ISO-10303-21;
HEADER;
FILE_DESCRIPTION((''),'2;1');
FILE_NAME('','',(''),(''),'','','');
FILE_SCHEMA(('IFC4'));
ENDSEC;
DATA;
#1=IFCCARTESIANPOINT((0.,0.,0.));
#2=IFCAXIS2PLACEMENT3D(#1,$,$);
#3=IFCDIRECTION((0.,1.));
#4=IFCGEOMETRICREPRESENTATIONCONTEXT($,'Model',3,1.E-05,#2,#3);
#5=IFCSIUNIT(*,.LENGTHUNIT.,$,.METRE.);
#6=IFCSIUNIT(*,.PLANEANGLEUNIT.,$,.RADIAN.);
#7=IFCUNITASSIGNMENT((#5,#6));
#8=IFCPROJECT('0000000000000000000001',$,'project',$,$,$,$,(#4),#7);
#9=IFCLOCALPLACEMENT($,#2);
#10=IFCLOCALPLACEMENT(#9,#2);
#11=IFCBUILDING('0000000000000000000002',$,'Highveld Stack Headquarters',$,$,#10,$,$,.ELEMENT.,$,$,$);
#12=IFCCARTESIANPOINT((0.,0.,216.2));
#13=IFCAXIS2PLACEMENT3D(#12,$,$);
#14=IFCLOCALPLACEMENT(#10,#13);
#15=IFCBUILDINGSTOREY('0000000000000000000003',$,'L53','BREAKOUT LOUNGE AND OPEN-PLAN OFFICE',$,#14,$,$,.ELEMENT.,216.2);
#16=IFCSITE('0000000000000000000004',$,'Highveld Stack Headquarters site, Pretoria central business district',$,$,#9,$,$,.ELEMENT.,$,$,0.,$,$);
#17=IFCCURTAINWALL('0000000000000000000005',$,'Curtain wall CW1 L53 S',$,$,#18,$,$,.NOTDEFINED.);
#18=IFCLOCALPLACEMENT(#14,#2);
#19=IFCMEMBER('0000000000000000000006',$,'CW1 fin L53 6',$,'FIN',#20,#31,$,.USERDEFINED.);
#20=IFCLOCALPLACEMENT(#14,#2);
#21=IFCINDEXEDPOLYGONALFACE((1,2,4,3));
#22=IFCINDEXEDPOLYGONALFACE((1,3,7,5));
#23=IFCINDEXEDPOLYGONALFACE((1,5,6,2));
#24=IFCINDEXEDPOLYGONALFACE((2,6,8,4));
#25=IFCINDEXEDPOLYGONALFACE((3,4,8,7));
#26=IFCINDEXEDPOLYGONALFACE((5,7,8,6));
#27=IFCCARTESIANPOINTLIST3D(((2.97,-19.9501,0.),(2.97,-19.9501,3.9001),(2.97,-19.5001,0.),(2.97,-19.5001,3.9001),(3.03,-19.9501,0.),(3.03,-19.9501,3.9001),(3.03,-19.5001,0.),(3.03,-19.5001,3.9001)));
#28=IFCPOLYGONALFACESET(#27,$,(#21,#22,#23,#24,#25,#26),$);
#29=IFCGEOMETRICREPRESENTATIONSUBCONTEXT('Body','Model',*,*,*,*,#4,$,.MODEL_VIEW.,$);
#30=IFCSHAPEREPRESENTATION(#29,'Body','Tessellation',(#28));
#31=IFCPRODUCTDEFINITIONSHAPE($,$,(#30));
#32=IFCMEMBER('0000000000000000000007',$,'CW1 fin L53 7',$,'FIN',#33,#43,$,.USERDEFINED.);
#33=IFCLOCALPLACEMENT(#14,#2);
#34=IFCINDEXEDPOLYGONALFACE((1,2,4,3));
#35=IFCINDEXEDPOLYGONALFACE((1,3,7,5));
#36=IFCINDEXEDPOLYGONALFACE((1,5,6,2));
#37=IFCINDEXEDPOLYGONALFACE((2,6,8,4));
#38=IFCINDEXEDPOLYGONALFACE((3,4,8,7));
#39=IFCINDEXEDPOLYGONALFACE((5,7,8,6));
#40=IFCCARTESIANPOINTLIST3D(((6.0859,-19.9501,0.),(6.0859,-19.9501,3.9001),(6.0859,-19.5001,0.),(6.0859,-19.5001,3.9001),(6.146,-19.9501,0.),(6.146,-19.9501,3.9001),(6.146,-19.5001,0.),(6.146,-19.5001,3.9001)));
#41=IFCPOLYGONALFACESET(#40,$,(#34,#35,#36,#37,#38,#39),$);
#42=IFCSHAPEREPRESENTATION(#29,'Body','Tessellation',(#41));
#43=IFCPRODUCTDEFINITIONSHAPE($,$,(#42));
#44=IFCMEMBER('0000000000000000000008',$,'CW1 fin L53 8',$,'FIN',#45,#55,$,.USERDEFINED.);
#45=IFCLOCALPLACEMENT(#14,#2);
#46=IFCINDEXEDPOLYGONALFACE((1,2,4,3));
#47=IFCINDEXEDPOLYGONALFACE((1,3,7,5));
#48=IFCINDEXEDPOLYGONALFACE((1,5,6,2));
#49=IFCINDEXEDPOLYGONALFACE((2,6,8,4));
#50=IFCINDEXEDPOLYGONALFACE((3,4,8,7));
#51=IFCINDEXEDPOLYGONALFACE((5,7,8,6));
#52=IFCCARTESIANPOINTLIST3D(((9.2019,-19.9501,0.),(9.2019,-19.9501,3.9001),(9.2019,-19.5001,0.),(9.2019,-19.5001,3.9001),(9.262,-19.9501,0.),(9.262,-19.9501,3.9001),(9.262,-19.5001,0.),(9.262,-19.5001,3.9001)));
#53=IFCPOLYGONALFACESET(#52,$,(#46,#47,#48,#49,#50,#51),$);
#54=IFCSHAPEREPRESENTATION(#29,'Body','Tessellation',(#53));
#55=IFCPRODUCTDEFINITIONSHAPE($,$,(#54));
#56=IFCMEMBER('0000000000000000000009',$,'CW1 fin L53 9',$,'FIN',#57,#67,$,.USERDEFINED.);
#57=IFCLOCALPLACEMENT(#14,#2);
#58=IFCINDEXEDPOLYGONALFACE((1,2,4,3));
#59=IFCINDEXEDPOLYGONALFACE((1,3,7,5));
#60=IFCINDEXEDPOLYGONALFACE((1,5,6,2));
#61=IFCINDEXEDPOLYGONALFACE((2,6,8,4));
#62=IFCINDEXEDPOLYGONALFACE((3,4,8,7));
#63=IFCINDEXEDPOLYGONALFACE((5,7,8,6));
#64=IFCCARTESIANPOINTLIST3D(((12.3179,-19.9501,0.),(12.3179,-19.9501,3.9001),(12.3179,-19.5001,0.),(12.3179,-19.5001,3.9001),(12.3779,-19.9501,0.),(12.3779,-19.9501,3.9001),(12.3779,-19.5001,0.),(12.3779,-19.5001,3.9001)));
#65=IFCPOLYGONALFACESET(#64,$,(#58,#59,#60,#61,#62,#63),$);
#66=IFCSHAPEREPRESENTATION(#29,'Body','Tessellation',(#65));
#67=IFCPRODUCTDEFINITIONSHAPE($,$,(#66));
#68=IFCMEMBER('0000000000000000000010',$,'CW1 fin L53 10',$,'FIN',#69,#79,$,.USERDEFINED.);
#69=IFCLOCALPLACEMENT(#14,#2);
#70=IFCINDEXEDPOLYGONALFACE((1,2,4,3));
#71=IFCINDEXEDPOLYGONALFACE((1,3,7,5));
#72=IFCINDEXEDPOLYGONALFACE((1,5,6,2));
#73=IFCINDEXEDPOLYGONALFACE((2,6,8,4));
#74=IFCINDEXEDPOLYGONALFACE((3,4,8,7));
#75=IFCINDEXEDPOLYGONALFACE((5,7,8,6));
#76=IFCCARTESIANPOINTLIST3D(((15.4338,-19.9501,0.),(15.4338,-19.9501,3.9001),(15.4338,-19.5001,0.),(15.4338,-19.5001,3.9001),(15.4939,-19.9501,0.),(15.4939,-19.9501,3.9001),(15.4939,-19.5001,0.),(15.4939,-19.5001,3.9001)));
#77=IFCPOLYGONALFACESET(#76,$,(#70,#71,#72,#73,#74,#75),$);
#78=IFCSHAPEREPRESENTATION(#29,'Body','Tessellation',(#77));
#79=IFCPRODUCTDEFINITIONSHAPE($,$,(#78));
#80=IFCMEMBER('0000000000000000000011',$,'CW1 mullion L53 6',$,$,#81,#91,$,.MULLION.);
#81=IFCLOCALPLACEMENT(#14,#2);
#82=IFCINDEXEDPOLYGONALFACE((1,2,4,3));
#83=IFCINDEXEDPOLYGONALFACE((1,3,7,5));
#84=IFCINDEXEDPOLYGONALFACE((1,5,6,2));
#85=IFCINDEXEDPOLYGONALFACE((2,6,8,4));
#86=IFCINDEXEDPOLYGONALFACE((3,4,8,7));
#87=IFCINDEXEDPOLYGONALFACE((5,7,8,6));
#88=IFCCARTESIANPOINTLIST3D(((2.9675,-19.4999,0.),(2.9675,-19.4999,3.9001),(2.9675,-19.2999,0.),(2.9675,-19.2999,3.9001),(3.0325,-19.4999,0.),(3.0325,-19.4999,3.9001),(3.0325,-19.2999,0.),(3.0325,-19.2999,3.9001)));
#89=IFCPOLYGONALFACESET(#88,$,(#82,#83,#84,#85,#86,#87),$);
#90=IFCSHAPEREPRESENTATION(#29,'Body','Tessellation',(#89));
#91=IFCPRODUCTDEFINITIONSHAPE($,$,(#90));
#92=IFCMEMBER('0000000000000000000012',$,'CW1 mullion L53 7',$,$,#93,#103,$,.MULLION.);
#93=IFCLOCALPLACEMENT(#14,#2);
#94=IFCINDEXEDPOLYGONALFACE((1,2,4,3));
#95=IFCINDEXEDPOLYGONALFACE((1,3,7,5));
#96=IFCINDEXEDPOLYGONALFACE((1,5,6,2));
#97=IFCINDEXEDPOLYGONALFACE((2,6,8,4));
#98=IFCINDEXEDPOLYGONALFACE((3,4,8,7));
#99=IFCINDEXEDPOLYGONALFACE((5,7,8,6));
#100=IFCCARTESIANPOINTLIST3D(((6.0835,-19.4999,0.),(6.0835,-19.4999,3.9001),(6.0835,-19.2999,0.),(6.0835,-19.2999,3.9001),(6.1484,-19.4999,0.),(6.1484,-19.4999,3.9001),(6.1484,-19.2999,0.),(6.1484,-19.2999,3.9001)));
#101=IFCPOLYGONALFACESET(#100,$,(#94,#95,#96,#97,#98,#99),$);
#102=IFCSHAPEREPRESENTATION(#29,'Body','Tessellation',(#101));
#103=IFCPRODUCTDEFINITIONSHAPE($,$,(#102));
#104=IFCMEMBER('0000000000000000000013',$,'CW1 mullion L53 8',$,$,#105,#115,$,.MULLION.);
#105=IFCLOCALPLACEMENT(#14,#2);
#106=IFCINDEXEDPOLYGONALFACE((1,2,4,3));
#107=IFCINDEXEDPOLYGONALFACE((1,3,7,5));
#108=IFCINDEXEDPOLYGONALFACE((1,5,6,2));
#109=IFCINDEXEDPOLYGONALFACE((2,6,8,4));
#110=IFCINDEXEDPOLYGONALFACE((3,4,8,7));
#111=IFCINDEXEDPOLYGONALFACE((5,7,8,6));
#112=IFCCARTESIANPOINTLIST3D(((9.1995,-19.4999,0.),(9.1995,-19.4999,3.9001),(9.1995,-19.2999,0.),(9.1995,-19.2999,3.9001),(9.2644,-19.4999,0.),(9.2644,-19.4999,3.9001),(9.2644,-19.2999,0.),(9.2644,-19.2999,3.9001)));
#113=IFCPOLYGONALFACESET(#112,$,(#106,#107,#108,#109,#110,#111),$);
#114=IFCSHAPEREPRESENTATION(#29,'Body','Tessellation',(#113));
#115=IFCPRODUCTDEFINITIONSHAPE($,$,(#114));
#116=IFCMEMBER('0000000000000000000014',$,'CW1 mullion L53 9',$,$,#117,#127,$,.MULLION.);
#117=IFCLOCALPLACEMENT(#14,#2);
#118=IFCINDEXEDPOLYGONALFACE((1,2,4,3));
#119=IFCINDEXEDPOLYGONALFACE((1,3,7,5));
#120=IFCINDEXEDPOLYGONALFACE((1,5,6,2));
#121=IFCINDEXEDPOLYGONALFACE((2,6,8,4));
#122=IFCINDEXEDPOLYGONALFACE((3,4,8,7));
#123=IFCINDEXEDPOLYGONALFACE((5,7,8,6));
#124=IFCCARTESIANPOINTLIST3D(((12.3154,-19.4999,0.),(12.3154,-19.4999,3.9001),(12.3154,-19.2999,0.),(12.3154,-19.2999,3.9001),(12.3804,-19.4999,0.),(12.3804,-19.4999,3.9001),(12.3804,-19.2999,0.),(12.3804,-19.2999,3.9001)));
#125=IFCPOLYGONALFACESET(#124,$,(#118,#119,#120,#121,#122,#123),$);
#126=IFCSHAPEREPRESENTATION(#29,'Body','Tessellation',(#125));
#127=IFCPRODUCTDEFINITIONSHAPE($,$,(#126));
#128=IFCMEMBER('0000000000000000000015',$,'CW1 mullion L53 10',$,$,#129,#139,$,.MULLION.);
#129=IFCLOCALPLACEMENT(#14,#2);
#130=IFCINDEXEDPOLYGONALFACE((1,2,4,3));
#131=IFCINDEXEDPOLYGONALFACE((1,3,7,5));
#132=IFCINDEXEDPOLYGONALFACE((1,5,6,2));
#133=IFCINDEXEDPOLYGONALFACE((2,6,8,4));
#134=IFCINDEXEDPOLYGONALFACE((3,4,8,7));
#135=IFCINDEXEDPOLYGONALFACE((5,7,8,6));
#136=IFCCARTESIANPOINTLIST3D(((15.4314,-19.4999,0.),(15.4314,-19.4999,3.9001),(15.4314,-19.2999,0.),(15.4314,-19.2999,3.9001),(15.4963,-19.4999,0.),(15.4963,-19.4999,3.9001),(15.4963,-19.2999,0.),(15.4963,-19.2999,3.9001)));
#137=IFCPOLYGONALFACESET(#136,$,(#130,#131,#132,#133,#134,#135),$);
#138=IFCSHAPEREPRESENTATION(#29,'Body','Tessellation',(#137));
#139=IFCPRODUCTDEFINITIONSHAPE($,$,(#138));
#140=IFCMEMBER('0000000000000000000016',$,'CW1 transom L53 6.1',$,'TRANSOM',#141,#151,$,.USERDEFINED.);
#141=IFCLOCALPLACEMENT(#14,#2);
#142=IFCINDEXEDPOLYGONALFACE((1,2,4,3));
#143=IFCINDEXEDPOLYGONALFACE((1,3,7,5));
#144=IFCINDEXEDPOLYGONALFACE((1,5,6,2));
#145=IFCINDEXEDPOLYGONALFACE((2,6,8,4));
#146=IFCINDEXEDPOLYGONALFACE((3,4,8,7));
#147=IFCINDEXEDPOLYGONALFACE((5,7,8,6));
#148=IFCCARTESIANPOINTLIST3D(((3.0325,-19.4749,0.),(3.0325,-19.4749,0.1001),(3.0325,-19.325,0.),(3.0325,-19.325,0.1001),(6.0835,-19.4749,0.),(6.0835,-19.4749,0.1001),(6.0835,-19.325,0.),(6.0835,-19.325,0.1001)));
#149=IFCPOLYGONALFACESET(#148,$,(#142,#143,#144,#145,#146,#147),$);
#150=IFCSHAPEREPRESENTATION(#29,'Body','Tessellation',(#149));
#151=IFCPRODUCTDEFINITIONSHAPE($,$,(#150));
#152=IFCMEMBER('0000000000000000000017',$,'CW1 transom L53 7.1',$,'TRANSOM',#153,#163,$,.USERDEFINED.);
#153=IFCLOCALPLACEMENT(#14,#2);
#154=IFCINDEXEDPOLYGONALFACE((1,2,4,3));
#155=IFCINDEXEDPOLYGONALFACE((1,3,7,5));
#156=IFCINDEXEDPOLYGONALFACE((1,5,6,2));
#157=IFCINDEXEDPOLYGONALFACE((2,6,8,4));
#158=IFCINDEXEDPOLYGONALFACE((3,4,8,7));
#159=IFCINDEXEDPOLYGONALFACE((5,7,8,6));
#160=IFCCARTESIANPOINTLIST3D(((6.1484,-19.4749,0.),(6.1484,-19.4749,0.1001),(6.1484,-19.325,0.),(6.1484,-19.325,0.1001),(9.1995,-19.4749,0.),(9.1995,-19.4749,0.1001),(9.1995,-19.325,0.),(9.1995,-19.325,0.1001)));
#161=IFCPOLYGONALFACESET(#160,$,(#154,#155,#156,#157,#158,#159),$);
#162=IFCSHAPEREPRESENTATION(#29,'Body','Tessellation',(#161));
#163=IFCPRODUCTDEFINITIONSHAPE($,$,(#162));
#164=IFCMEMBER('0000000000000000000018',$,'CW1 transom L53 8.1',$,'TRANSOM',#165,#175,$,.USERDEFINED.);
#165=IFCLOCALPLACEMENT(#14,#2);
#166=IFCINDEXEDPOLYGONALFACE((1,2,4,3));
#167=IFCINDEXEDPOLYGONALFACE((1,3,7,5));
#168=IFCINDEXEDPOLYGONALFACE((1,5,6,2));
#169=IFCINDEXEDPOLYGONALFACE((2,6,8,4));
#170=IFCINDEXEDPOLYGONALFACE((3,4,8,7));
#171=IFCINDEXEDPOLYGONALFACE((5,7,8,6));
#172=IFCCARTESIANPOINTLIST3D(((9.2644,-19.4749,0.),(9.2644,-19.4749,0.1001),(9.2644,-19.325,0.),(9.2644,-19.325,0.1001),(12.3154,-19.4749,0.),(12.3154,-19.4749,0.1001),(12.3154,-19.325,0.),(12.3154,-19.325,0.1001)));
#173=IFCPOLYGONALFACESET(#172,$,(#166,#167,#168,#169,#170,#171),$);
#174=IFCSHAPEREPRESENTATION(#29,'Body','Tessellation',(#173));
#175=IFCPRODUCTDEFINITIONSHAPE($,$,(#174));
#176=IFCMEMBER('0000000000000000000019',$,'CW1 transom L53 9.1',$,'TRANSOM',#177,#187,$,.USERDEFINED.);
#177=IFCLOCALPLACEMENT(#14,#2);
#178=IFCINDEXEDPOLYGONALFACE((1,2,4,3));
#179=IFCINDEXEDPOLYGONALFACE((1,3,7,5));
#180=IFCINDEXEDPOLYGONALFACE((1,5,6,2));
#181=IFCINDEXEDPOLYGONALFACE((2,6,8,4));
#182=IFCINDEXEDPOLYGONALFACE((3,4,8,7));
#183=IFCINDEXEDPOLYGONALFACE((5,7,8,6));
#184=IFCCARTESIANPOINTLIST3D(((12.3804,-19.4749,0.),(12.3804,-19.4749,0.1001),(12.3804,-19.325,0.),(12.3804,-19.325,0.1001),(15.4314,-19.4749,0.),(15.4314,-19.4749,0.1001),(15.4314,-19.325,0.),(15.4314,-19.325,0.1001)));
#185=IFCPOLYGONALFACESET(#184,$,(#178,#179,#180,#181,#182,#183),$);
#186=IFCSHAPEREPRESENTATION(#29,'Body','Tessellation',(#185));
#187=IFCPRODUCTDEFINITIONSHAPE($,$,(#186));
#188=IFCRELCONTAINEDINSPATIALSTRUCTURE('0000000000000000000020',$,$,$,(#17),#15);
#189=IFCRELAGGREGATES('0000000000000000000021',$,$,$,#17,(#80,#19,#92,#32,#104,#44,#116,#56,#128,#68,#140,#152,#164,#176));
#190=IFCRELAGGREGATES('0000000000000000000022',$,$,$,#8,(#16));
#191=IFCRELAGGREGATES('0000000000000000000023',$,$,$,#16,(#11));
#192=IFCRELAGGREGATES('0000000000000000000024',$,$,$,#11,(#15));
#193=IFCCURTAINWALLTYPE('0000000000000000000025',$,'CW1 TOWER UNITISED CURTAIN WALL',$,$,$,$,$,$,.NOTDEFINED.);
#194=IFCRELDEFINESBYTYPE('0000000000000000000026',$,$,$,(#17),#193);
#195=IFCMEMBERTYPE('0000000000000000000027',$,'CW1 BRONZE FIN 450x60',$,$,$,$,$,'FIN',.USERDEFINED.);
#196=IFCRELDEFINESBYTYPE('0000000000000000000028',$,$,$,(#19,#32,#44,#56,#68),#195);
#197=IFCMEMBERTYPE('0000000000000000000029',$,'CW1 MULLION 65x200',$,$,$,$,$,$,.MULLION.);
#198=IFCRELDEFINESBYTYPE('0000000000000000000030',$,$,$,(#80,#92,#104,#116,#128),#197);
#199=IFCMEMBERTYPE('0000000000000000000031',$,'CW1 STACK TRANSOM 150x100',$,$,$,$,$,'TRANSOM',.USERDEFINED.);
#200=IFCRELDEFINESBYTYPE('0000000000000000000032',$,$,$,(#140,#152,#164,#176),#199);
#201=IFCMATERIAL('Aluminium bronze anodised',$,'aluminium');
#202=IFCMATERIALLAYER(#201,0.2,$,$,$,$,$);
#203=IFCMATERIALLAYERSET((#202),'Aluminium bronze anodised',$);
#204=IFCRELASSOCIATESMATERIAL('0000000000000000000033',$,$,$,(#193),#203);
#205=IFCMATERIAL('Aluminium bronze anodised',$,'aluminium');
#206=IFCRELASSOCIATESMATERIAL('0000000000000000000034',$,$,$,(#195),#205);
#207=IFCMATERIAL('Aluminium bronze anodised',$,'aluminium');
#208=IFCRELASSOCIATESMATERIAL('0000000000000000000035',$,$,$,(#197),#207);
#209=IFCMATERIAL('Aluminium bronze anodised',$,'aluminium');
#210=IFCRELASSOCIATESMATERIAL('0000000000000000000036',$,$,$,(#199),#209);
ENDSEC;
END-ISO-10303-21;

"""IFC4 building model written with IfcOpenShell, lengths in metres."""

from ifc_helpers import new_model, si_unit, direction, frame, origin, origin_2d, place, context, subcontext, project, spatial, rectangle, extrude, material, layer, layer_set, material_profile, profile_set, type_object, element, aggregate, save


model = new_model("IFC4")

# Units and contexts
model_context = context("Model", 3, precision=1e-05, world=origin(), true_north=direction((0.0, 1.0)))
body_context = subcontext(model_context, "Body", "Model", "MODEL_VIEW")
ifc_project = project(units=[si_unit("LENGTHUNIT", "METRE"), si_unit("PLANEANGLEUNIT", "RADIAN")], contexts=[model_context])

# Site, building, storey
site_placement = place(None, origin())
site = spatial("IfcSite", under=ifc_project, at=site_placement, Name="Highveld Stack Headquarters site, Pretoria central business district", CompositionType="ELEMENT", RefElevation=0.0)
building_placement = place(site_placement, origin())
building = spatial("IfcBuilding", under=site, at=building_placement, Name="Highveld Stack Headquarters", CompositionType="ELEMENT")
storey_placement = place(building_placement, frame((0.0, 0.0, 216.2)))
storey = spatial("IfcBuildingStorey", under=building, at=storey_placement, Name="L53", Description="BREAKOUT LOUNGE AND OPEN-PLAN OFFICE", CompositionType="ELEMENT", Elevation=216.2)

# Curtain wall, members
ifc_material_1 = material(Name="Aluminium bronze anodised", Category="aluminium")
ifc_layer_1 = layer(ifc_material_1, 0.2)
ifc_layer_set_1 = layer_set([ifc_layer_1], Name="Aluminium bronze anodised")
curtain_wall_type = type_object("IfcCurtainWallType", Name="CW1 TOWER UNITISED CURTAIN WALL", PredefinedType="NOTDEFINED", material=ifc_layer_set_1)
curtain_wall_placement = place(storey_placement, origin())
curtain_wall = element("IfcCurtainWall", 1, at=curtain_wall_placement, inside=storey, type_object=curtain_wall_type, Name="Curtain wall CW1 L53 S", PredefinedType="NOTDEFINED")
ifc_material_2 = material(Name="Aluminium bronze anodised", Category="aluminium")
ifc_material_profile_1 = material_profile(ifc_material_2, rectangle(XDim=0.45, YDim=0.0601, at=origin_2d()), Name="FIN 450x60")
ifc_profile_set_1 = profile_set([ifc_material_profile_1], Name="Aluminium bronze anodised")
member_type_1 = type_object("IfcMemberType", Name="CW1 BRONZE FIN 450x60", ElementType="FIN", PredefinedType="USERDEFINED", material=ifc_profile_set_1)
member_1_placement = place(storey_placement, frame((3.0, -19.7251, 0.0), z_axis=(0.0, 0.0, 1.0), x_axis=(0.0, 1.0, 0.0)))
member_1 = element("IfcMember", 2, at=member_1_placement, type_object=member_type_1, Name="CW1 fin L53 6", ObjectType="FIN", PredefinedType="USERDEFINED", context=body_context, shape_type="SweptSolid", body=[
    extrude(rectangle(XDim=0.45, YDim=0.0601, at=origin_2d()), origin(), (0.0, 0.0, 1.0), 3.9001),
])
member_2_placement = place(storey_placement, frame((6.116, -19.7251, 0.0), z_axis=(0.0, 0.0, 1.0), x_axis=(0.0, 1.0, 0.0)))
member_2 = element("IfcMember", 3, at=member_2_placement, type_object=member_type_1, Name="CW1 fin L53 7", ObjectType="FIN", PredefinedType="USERDEFINED", context=body_context, shape_type="SweptSolid", body=[
    extrude(rectangle(XDim=0.45, YDim=0.0601, at=origin_2d()), origin(), (0.0, 0.0, 1.0), 3.9001),
])
member_3_placement = place(storey_placement, frame((9.2319, -19.7251, 0.0), z_axis=(0.0, 0.0, 1.0), x_axis=(0.0, 1.0, 0.0)))
member_3 = element("IfcMember", 4, at=member_3_placement, type_object=member_type_1, Name="CW1 fin L53 8", ObjectType="FIN", PredefinedType="USERDEFINED", context=body_context, shape_type="SweptSolid", body=[
    extrude(rectangle(XDim=0.45, YDim=0.0601, at=origin_2d()), origin(), (0.0, 0.0, 1.0), 3.9001),
])
member_4_placement = place(storey_placement, frame((12.3479, -19.7251, 0.0), z_axis=(0.0, 0.0, 1.0), x_axis=(0.0, 1.0, 0.0)))
member_4 = element("IfcMember", 5, at=member_4_placement, type_object=member_type_1, Name="CW1 fin L53 9", ObjectType="FIN", PredefinedType="USERDEFINED", context=body_context, shape_type="SweptSolid", body=[
    extrude(rectangle(XDim=0.45, YDim=0.0601, at=origin_2d()), origin(), (0.0, 0.0, 1.0), 3.9001),
])
member_5_placement = place(storey_placement, frame((15.4639, -19.7251, 0.0), z_axis=(0.0, 0.0, 1.0), x_axis=(0.0, 1.0, 0.0)))
member_5 = element("IfcMember", 6, at=member_5_placement, type_object=member_type_1, Name="CW1 fin L53 10", ObjectType="FIN", PredefinedType="USERDEFINED", context=body_context, shape_type="SweptSolid", body=[
    extrude(rectangle(XDim=0.45, YDim=0.0601, at=origin_2d()), origin(), (0.0, 0.0, 1.0), 3.9001),
])
ifc_material_3 = material(Name="Aluminium bronze anodised", Category="aluminium")
ifc_material_profile_2 = material_profile(ifc_material_3, rectangle(XDim=0.2, YDim=0.0649, at=origin_2d()), Name="CW1 MULLION 65x200")
ifc_profile_set_2 = profile_set([ifc_material_profile_2], Name="Aluminium bronze anodised")
member_type_2 = type_object("IfcMemberType", Name="CW1 MULLION 65x200", PredefinedType="MULLION", material=ifc_profile_set_2)
member_6_placement = place(storey_placement, frame((3.0, -19.3999, 0.0), z_axis=(0.0, 0.0, 1.0), x_axis=(0.0, 1.0, 0.0)))
member_6 = element("IfcMember", 7, at=member_6_placement, type_object=member_type_2, Name="CW1 mullion L53 6", PredefinedType="MULLION", context=body_context, shape_type="SweptSolid", body=[
    extrude(rectangle(XDim=0.2, YDim=0.0649, at=origin_2d()), origin(), (0.0, 0.0, 1.0), 3.9001),
])
member_7_placement = place(storey_placement, frame((6.116, -19.3999, 0.0), z_axis=(0.0, 0.0, 1.0), x_axis=(0.0, 1.0, 0.0)))
member_7 = element("IfcMember", 8, at=member_7_placement, type_object=member_type_2, Name="CW1 mullion L53 7", PredefinedType="MULLION", context=body_context, shape_type="SweptSolid", body=[
    extrude(rectangle(XDim=0.2, YDim=0.0649, at=origin_2d()), origin(), (0.0, 0.0, 1.0), 3.9001),
])
member_8_placement = place(storey_placement, frame((9.2319, -19.3999, 0.0), z_axis=(0.0, 0.0, 1.0), x_axis=(0.0, 1.0, 0.0)))
member_8 = element("IfcMember", 9, at=member_8_placement, type_object=member_type_2, Name="CW1 mullion L53 8", PredefinedType="MULLION", context=body_context, shape_type="SweptSolid", body=[
    extrude(rectangle(XDim=0.2, YDim=0.0649, at=origin_2d()), origin(), (0.0, 0.0, 1.0), 3.9001),
])
member_9_placement = place(storey_placement, frame((12.3479, -19.3999, 0.0), z_axis=(0.0, 0.0, 1.0), x_axis=(0.0, 1.0, 0.0)))
member_9 = element("IfcMember", 10, at=member_9_placement, type_object=member_type_2, Name="CW1 mullion L53 9", PredefinedType="MULLION", context=body_context, shape_type="SweptSolid", body=[
    extrude(rectangle(XDim=0.2, YDim=0.0649, at=origin_2d()), origin(), (0.0, 0.0, 1.0), 3.9001),
])
member_10_placement = place(storey_placement, frame((15.4639, -19.3999, 0.0), z_axis=(0.0, 0.0, 1.0), x_axis=(0.0, 1.0, 0.0)))
member_10 = element("IfcMember", 11, at=member_10_placement, type_object=member_type_2, Name="CW1 mullion L53 10", PredefinedType="MULLION", context=body_context, shape_type="SweptSolid", body=[
    extrude(rectangle(XDim=0.2, YDim=0.0649, at=origin_2d()), origin(), (0.0, 0.0, 1.0), 3.9001),
])
ifc_material_4 = material(Name="Aluminium bronze anodised", Category="aluminium")
ifc_material_profile_3 = material_profile(ifc_material_4, rectangle(XDim=0.1499, YDim=0.1001, at=origin_2d()), Name="CW1 TRANSOM 150x100")
ifc_profile_set_3 = profile_set([ifc_material_profile_3], Name="Aluminium bronze anodised")
member_type_3 = type_object("IfcMemberType", Name="CW1 STACK TRANSOM 150x100", ElementType="TRANSOM", PredefinedType="USERDEFINED", material=ifc_profile_set_3)
member_11_placement = place(storey_placement, frame((3.0325, -19.3999, 0.05), z_axis=(1.0, 0.0, 0.0), x_axis=(0.0, 1.0, 0.0)))
member_11 = element("IfcMember", 12, at=member_11_placement, type_object=member_type_3, Name="CW1 transom L53 6.1", ObjectType="TRANSOM", PredefinedType="USERDEFINED", context=body_context, shape_type="SweptSolid", body=[
    extrude(rectangle(XDim=0.1499, YDim=0.1001, at=origin_2d()), origin(), (0.0, 0.0, 1.0), 3.051),
])
member_12_placement = place(storey_placement, frame((6.1484, -19.3999, 0.05), z_axis=(1.0, 0.0, 0.0), x_axis=(0.0, 1.0, 0.0)))
member_12 = element("IfcMember", 13, at=member_12_placement, type_object=member_type_3, Name="CW1 transom L53 7.1", ObjectType="TRANSOM", PredefinedType="USERDEFINED", context=body_context, shape_type="SweptSolid", body=[
    extrude(rectangle(XDim=0.1499, YDim=0.1001, at=origin_2d()), origin(), (0.0, 0.0, 1.0), 3.051),
])
member_13_placement = place(storey_placement, frame((9.2644, -19.3999, 0.05), z_axis=(1.0, 0.0, 0.0), x_axis=(0.0, 1.0, 0.0)))
member_13 = element("IfcMember", 14, at=member_13_placement, type_object=member_type_3, Name="CW1 transom L53 8.1", ObjectType="TRANSOM", PredefinedType="USERDEFINED", context=body_context, shape_type="SweptSolid", body=[
    extrude(rectangle(XDim=0.1499, YDim=0.1001, at=origin_2d()), origin(), (0.0, 0.0, 1.0), 3.051),
])
member_14_placement = place(storey_placement, frame((12.3804, -19.3999, 0.05), z_axis=(1.0, 0.0, 0.0), x_axis=(0.0, 1.0, 0.0)))
member_14 = element("IfcMember", 15, at=member_14_placement, type_object=member_type_3, Name="CW1 transom L53 9.1", ObjectType="TRANSOM", PredefinedType="USERDEFINED", context=body_context, shape_type="SweptSolid", body=[
    extrude(rectangle(XDim=0.1499, YDim=0.1001, at=origin_2d()), origin(), (0.0, 0.0, 1.0), 3.051),
])
aggregate(curtain_wall, [member_6, member_1, member_7, member_2, member_8, member_3, member_9, member_4, member_10, member_5, member_11, member_12, member_13, member_14])

save(model, "model.ifc")
